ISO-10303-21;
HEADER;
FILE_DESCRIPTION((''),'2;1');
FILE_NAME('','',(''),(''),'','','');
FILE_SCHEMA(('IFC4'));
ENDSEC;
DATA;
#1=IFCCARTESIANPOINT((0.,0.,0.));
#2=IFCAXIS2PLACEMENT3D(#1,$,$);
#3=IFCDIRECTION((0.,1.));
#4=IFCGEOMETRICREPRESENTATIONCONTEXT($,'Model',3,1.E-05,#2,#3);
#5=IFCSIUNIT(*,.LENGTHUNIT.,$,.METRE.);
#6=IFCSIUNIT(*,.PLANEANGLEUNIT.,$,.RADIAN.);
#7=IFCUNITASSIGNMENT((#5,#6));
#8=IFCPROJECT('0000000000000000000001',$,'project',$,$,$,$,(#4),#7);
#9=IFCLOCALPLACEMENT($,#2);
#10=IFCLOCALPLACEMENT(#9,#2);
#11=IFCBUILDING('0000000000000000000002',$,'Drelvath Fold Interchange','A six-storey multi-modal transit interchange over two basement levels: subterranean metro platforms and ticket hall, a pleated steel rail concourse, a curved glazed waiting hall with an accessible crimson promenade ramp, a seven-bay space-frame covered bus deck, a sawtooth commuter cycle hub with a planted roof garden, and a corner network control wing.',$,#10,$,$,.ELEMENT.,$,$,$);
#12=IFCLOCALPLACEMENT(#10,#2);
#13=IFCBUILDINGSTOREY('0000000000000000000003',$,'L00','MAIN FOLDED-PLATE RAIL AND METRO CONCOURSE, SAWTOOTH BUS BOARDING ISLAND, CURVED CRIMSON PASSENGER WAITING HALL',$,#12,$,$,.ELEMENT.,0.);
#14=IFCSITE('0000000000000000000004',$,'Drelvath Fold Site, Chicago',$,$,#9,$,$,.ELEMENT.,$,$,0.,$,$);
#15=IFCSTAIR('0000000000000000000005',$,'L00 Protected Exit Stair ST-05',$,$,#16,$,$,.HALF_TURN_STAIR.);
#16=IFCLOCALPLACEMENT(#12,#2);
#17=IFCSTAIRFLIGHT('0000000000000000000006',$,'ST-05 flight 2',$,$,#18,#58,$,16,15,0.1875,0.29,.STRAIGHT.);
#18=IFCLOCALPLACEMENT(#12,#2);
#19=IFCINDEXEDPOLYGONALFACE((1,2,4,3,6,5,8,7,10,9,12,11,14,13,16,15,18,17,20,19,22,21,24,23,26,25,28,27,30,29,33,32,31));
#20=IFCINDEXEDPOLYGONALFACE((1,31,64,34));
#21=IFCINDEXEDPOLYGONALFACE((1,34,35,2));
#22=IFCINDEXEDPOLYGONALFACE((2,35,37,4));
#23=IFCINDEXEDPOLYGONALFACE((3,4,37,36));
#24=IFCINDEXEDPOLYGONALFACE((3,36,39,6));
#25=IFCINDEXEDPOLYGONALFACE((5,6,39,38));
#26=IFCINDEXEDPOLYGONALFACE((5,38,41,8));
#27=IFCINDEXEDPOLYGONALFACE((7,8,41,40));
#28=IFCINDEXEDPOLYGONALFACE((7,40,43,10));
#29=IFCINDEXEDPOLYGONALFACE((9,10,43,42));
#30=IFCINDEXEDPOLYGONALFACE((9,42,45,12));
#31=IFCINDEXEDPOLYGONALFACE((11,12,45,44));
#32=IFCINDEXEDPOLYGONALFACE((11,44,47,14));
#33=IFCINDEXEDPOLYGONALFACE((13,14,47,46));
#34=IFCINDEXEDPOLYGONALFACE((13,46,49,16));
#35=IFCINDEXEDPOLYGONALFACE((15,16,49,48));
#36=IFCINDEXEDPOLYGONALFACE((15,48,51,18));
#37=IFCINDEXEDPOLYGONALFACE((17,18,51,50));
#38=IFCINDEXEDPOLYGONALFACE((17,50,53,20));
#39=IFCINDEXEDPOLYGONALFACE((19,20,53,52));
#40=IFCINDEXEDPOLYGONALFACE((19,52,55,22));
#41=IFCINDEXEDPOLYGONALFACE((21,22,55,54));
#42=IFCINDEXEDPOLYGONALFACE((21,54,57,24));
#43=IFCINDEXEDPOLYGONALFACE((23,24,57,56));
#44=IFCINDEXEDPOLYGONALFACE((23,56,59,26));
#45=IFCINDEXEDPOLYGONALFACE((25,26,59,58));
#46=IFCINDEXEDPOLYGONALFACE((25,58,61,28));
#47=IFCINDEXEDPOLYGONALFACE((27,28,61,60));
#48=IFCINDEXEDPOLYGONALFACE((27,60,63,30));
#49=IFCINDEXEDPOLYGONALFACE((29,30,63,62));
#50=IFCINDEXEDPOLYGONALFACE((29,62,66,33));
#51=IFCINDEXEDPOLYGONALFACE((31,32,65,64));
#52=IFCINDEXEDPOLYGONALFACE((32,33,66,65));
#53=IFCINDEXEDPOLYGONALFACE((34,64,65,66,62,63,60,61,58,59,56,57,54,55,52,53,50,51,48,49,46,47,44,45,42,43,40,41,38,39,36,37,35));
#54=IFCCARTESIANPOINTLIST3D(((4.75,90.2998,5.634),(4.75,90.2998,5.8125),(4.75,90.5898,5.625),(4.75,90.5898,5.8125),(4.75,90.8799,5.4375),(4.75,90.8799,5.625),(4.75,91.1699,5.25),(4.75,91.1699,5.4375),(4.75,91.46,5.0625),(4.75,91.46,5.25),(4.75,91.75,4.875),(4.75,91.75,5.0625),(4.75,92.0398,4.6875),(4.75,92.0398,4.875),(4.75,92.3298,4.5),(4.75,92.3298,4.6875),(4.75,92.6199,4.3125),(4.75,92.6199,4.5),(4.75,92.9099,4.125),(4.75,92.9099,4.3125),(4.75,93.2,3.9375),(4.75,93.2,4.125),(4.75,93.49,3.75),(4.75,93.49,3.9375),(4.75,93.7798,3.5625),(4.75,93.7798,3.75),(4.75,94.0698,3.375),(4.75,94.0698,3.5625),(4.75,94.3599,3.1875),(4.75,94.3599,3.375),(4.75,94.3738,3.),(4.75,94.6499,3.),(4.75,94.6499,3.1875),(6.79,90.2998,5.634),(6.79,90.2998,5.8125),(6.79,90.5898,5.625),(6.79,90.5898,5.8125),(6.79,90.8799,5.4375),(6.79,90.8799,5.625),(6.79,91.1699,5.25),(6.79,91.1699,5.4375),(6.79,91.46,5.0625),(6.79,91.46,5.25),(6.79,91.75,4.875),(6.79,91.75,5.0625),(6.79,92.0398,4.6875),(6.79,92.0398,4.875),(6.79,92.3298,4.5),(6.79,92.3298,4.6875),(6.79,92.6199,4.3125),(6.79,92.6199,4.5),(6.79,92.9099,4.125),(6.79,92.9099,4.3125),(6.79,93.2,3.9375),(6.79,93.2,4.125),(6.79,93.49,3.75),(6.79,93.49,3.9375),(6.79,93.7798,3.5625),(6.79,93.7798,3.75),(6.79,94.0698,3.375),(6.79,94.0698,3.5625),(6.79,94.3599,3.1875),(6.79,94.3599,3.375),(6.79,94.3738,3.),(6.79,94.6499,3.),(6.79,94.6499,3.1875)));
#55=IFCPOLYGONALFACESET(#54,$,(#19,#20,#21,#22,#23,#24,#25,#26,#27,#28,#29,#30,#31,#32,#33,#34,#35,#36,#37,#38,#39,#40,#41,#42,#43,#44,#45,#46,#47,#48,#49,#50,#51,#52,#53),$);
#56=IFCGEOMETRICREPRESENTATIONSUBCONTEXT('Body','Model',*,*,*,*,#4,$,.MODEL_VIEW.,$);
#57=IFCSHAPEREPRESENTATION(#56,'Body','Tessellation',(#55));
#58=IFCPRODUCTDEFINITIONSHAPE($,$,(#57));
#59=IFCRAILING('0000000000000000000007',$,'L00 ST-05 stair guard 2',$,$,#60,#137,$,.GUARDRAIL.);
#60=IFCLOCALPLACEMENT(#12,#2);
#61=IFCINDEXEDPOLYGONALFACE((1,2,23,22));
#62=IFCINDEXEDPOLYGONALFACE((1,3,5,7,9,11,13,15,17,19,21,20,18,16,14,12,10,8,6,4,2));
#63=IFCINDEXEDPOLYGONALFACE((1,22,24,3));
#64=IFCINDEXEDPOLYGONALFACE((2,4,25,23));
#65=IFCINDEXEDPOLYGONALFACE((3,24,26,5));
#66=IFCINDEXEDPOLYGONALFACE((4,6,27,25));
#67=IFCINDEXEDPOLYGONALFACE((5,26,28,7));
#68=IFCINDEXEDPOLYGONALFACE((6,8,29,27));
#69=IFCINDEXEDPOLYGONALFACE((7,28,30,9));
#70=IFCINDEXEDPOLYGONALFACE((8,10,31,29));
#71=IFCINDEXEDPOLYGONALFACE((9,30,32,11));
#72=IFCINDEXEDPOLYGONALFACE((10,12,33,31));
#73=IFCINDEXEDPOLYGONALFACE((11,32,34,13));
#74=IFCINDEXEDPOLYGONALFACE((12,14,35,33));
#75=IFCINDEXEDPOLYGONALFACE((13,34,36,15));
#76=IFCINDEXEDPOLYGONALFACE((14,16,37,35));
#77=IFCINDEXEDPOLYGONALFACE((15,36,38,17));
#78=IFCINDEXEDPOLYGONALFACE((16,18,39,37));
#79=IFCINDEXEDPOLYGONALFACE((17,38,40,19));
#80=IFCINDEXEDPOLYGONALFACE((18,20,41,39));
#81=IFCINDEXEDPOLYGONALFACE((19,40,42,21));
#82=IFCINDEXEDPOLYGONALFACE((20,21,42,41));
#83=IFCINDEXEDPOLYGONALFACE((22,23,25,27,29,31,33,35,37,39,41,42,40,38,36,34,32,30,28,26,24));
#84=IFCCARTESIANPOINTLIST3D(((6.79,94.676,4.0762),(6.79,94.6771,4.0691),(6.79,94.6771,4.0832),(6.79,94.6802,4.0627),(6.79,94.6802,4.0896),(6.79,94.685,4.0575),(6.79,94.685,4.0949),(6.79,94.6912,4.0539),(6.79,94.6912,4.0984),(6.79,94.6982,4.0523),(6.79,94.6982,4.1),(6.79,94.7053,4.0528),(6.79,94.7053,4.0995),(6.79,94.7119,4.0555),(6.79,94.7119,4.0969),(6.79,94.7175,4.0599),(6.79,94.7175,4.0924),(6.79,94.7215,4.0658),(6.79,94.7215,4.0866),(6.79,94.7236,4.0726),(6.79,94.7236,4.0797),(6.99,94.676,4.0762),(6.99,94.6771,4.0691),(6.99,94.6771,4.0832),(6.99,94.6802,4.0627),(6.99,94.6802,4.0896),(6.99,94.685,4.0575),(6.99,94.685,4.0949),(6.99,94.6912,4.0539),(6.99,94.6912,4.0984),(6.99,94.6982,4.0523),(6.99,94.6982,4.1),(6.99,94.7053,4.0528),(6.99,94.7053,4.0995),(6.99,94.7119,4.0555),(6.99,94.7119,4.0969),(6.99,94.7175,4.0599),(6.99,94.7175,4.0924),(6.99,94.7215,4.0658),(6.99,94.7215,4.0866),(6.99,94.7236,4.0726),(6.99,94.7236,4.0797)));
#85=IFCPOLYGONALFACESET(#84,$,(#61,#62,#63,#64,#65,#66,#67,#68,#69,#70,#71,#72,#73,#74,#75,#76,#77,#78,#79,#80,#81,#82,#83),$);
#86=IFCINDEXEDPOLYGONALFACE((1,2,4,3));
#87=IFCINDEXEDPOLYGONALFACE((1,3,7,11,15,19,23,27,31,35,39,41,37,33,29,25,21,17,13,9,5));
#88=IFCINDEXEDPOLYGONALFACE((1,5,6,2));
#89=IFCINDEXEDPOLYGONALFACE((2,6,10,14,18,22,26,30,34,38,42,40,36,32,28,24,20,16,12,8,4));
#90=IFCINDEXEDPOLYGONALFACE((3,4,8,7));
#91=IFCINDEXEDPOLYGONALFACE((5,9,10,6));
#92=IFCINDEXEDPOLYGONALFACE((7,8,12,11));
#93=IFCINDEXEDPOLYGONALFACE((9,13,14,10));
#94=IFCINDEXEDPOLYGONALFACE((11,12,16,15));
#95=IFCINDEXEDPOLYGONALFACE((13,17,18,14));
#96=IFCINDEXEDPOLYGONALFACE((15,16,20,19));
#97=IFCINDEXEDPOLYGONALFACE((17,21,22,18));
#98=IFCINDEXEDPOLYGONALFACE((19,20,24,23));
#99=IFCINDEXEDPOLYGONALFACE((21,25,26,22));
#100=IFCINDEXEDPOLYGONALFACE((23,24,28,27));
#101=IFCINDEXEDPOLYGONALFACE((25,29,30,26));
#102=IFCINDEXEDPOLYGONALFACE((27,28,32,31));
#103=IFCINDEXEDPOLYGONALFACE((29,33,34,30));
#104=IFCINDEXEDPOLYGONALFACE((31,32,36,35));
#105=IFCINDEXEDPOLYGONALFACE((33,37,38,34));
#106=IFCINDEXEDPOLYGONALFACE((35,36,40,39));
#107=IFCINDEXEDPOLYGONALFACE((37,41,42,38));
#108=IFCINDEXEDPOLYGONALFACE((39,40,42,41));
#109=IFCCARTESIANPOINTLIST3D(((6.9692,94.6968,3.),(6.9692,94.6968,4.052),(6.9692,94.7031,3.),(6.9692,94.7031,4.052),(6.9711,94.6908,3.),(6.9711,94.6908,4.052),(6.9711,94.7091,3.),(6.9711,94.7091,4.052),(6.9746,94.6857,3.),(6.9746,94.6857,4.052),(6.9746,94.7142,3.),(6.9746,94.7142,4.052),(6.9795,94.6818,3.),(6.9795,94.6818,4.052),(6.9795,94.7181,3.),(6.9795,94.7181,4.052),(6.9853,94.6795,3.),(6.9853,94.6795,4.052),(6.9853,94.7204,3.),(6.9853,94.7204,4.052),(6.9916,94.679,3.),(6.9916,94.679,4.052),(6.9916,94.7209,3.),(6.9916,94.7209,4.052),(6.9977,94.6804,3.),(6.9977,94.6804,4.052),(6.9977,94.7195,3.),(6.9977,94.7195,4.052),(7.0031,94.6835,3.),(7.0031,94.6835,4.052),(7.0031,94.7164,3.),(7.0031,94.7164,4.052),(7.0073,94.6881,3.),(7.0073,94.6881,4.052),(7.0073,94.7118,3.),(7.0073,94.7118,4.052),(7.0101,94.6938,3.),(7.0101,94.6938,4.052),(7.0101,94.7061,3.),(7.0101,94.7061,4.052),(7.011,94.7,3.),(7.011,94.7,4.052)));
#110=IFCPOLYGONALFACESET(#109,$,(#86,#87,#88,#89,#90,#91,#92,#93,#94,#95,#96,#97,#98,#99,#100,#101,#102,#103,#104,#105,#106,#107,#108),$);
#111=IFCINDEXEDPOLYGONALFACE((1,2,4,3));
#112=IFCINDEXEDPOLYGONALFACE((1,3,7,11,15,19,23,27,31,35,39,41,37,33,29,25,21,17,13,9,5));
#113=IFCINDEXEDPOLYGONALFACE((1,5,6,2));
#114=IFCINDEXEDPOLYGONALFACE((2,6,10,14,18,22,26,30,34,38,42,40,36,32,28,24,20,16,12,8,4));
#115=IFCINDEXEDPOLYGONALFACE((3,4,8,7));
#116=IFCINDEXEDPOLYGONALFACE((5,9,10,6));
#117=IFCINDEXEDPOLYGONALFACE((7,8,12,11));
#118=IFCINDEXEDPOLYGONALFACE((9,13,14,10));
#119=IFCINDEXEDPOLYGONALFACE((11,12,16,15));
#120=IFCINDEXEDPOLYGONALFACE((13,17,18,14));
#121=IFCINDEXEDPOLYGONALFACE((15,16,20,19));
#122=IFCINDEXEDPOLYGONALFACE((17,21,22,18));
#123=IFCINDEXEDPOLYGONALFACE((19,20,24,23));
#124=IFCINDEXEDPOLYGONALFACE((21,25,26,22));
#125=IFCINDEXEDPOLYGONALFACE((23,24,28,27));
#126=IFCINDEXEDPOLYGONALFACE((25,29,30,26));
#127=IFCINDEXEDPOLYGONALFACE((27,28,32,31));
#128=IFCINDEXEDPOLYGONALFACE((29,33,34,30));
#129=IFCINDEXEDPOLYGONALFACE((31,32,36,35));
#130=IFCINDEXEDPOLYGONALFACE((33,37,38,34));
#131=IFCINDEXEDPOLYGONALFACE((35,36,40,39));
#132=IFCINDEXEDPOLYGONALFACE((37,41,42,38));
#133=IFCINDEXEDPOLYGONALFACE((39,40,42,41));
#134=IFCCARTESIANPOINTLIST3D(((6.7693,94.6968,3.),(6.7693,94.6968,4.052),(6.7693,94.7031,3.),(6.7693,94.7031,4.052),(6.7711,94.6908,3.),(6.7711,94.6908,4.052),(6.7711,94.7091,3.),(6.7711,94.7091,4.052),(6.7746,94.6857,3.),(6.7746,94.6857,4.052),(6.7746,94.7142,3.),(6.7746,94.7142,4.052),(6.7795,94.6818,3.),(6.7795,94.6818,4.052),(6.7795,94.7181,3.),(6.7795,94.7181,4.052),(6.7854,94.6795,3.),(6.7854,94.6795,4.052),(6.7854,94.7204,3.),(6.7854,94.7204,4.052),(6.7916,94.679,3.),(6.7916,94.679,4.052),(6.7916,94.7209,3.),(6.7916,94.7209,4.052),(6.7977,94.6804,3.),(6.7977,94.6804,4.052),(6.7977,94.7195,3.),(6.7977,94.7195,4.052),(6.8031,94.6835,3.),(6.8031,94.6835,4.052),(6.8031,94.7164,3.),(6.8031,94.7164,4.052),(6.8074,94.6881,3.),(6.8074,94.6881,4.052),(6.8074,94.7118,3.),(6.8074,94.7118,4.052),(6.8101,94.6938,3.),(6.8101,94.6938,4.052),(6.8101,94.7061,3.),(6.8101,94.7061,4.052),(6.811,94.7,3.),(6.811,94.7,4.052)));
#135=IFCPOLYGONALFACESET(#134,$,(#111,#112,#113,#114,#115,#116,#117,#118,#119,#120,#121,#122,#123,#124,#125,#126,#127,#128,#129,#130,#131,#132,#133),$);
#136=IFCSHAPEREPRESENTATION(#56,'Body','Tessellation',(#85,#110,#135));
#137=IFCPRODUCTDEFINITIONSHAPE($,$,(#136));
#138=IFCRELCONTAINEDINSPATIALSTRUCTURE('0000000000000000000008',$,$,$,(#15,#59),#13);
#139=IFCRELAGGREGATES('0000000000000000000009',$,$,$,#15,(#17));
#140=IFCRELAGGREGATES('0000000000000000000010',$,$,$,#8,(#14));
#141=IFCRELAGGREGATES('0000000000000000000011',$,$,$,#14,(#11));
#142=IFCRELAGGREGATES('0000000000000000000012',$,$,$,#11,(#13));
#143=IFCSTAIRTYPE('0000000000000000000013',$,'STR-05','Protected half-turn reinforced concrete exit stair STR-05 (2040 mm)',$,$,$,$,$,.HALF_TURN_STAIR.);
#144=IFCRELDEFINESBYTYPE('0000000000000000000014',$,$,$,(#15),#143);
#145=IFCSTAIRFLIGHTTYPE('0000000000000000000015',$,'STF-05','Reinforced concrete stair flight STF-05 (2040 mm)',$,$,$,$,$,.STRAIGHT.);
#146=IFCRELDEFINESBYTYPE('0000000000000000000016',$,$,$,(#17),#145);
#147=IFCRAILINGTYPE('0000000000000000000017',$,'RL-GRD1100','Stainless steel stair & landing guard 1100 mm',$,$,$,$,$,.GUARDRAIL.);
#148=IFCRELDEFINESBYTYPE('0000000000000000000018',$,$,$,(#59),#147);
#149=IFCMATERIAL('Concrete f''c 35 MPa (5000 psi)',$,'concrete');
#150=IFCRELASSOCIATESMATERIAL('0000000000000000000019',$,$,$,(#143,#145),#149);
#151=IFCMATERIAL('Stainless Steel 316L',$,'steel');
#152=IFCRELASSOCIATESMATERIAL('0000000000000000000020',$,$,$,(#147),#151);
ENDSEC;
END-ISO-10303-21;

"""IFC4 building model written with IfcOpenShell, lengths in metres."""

from ifc_helpers import new_model, si_unit, direction, frame, origin, origin_2d, place, context, subcontext, project, spatial, polyline, circle, outline, extrude, material, type_object, element, aggregate, save


model = new_model("IFC4")

# Units and contexts
model_context = context("Model", 3, precision=1e-05, world=origin(), true_north=direction((0.0, 1.0)))
body_context = subcontext(model_context, "Body", "Model", "MODEL_VIEW")
ifc_project = project(units=[si_unit("LENGTHUNIT", "METRE"), si_unit("PLANEANGLEUNIT", "RADIAN")], contexts=[model_context])

# Site, building, storey
site_placement = place(None, origin())
site = spatial("IfcSite", under=ifc_project, at=site_placement, Name="Drelvath Fold Site, Chicago", CompositionType="ELEMENT", RefElevation=0.0)
building_placement = place(site_placement, origin())
building = spatial("IfcBuilding", under=site, at=building_placement, Name="Drelvath Fold Interchange", Description="A six-storey multi-modal transit interchange over two basement levels: subterranean metro platforms and ticket hall, a pleated steel rail concourse, a curved glazed waiting hall with an accessible crimson promenade ramp, a seven-bay space-frame covered bus deck, a sawtooth commuter cycle hub with a planted roof garden, and a corner network control wing.", CompositionType="ELEMENT")
storey_placement = place(building_placement, origin())
storey = spatial("IfcBuildingStorey", under=building, at=storey_placement, Name="L00", Description="MAIN FOLDED-PLATE RAIL AND METRO CONCOURSE, SAWTOOTH BUS BOARDING ISLAND, CURVED CRIMSON PASSENGER WAITING HALL", CompositionType="ELEMENT", Elevation=0.0)

# Stair, stair flight
ifc_material_1 = material(Name="Concrete f'c 35 MPa (5000 psi)", Category="concrete")
stair_type = type_object("IfcStairType", Name="STR-05", Description="Protected half-turn reinforced concrete exit stair STR-05 (2040 mm)", PredefinedType="HALF_TURN_STAIR", material=ifc_material_1)
stair_placement = place(storey_placement, origin())
stair = element("IfcStair", 1, at=stair_placement, inside=storey, type_object=stair_type, Name="L00 Protected Exit Stair ST-05", PredefinedType="HALF_TURN_STAIR")
stair_flight_type = type_object("IfcStairFlightType", Name="STF-05", Description="Reinforced concrete stair flight STF-05 (2040 mm)", PredefinedType="STRAIGHT", material=ifc_material_1)
stair_flight_placement = place(storey_placement, frame((5.77, 94.6499, 3.0), z_axis=(0.0, 0.0, 1.0), x_axis=(0.0, -1.0, 0.0)))
stair_flight = element("IfcStairFlight", 2, at=stair_flight_placement, type_object=stair_flight_type, Name="ST-05 flight 2", NumberOfRisers=16, NumberOfTreads=15, PredefinedType="STRAIGHT", RiserHeight=0.1875, TreadLength=0.29, context=body_context, shape_type="SweptSolid", body=[
    extrude(outline(polyline([(0.0, 0.0), (0.0, 0.1875), (0.29, 0.1875), (0.29, 0.375), (0.5801, 0.375), (0.5801, 0.5625), (0.8701, 0.5625), (0.8701, 0.75), (1.1599, 0.75), (1.1599, 0.9375), (1.45, 0.9375), (1.45, 1.125), (1.74, 1.125), (1.74, 1.3125), (2.03, 1.3125), (2.03, 1.5), (2.3201, 1.5), (2.3201, 1.6875), (2.6101, 1.6875), (2.6101, 1.875), (2.8999, 1.875), (2.8999, 2.0625), (3.1899, 2.0625), (3.1899, 2.25), (3.48, 2.25), (3.48, 2.4375), (3.77, 2.4375), (3.77, 2.625), (4.0601, 2.625), (4.0601, 2.8125), (4.3501, 2.8125), (4.3501, 3.0), (4.3501, 2.634), (0.2761, 0.0), (0.0, 0.0)])), frame((0.0, 1.02, 0.0), z_axis=(0.0, -1.0, 0.0), x_axis=(1.0, 0.0, 0.0)), (0.0, 0.0, 1.0), 2.04),
])
aggregate(stair, [stair_flight])

# Railing
ifc_material_2 = material(Name="Stainless Steel 316L", Category="steel")
railing_type_1 = type_object("IfcRailingType", Name="RL-GRD1100", Description="Stainless steel stair & landing guard 1100 mm", PredefinedType="GUARDRAIL", material=ifc_material_2)
railing_1_placement = place(storey_placement, frame((6.99, 94.7, 3.0)))
element("IfcRailing", 3, at=railing_1_placement, inside=storey, type_object=railing_type_1, Name="L00 ST-05 stair guard 2", PredefinedType="GUARDRAIL", context=body_context, shape_type="SweptSolid", body=[
    extrude(circle(Radius=0.0239, at=origin_2d()), frame((0.0, 0.0, 1.0762), z_axis=(-1.0, 0.0, 0.0), x_axis=(0.0, -1.0, 0.0)), (0.0, 0.0, 1.0), 0.2),
    extrude(circle(Radius=0.021, at=origin_2d()), origin(), (0.0, 0.0, 1.0), 1.052),
    extrude(circle(Radius=0.021, at=origin_2d()), frame((-0.2, 0.0, 0.0)), (0.0, 0.0, 1.0), 1.052),
])

save(model, "model.ifc")
